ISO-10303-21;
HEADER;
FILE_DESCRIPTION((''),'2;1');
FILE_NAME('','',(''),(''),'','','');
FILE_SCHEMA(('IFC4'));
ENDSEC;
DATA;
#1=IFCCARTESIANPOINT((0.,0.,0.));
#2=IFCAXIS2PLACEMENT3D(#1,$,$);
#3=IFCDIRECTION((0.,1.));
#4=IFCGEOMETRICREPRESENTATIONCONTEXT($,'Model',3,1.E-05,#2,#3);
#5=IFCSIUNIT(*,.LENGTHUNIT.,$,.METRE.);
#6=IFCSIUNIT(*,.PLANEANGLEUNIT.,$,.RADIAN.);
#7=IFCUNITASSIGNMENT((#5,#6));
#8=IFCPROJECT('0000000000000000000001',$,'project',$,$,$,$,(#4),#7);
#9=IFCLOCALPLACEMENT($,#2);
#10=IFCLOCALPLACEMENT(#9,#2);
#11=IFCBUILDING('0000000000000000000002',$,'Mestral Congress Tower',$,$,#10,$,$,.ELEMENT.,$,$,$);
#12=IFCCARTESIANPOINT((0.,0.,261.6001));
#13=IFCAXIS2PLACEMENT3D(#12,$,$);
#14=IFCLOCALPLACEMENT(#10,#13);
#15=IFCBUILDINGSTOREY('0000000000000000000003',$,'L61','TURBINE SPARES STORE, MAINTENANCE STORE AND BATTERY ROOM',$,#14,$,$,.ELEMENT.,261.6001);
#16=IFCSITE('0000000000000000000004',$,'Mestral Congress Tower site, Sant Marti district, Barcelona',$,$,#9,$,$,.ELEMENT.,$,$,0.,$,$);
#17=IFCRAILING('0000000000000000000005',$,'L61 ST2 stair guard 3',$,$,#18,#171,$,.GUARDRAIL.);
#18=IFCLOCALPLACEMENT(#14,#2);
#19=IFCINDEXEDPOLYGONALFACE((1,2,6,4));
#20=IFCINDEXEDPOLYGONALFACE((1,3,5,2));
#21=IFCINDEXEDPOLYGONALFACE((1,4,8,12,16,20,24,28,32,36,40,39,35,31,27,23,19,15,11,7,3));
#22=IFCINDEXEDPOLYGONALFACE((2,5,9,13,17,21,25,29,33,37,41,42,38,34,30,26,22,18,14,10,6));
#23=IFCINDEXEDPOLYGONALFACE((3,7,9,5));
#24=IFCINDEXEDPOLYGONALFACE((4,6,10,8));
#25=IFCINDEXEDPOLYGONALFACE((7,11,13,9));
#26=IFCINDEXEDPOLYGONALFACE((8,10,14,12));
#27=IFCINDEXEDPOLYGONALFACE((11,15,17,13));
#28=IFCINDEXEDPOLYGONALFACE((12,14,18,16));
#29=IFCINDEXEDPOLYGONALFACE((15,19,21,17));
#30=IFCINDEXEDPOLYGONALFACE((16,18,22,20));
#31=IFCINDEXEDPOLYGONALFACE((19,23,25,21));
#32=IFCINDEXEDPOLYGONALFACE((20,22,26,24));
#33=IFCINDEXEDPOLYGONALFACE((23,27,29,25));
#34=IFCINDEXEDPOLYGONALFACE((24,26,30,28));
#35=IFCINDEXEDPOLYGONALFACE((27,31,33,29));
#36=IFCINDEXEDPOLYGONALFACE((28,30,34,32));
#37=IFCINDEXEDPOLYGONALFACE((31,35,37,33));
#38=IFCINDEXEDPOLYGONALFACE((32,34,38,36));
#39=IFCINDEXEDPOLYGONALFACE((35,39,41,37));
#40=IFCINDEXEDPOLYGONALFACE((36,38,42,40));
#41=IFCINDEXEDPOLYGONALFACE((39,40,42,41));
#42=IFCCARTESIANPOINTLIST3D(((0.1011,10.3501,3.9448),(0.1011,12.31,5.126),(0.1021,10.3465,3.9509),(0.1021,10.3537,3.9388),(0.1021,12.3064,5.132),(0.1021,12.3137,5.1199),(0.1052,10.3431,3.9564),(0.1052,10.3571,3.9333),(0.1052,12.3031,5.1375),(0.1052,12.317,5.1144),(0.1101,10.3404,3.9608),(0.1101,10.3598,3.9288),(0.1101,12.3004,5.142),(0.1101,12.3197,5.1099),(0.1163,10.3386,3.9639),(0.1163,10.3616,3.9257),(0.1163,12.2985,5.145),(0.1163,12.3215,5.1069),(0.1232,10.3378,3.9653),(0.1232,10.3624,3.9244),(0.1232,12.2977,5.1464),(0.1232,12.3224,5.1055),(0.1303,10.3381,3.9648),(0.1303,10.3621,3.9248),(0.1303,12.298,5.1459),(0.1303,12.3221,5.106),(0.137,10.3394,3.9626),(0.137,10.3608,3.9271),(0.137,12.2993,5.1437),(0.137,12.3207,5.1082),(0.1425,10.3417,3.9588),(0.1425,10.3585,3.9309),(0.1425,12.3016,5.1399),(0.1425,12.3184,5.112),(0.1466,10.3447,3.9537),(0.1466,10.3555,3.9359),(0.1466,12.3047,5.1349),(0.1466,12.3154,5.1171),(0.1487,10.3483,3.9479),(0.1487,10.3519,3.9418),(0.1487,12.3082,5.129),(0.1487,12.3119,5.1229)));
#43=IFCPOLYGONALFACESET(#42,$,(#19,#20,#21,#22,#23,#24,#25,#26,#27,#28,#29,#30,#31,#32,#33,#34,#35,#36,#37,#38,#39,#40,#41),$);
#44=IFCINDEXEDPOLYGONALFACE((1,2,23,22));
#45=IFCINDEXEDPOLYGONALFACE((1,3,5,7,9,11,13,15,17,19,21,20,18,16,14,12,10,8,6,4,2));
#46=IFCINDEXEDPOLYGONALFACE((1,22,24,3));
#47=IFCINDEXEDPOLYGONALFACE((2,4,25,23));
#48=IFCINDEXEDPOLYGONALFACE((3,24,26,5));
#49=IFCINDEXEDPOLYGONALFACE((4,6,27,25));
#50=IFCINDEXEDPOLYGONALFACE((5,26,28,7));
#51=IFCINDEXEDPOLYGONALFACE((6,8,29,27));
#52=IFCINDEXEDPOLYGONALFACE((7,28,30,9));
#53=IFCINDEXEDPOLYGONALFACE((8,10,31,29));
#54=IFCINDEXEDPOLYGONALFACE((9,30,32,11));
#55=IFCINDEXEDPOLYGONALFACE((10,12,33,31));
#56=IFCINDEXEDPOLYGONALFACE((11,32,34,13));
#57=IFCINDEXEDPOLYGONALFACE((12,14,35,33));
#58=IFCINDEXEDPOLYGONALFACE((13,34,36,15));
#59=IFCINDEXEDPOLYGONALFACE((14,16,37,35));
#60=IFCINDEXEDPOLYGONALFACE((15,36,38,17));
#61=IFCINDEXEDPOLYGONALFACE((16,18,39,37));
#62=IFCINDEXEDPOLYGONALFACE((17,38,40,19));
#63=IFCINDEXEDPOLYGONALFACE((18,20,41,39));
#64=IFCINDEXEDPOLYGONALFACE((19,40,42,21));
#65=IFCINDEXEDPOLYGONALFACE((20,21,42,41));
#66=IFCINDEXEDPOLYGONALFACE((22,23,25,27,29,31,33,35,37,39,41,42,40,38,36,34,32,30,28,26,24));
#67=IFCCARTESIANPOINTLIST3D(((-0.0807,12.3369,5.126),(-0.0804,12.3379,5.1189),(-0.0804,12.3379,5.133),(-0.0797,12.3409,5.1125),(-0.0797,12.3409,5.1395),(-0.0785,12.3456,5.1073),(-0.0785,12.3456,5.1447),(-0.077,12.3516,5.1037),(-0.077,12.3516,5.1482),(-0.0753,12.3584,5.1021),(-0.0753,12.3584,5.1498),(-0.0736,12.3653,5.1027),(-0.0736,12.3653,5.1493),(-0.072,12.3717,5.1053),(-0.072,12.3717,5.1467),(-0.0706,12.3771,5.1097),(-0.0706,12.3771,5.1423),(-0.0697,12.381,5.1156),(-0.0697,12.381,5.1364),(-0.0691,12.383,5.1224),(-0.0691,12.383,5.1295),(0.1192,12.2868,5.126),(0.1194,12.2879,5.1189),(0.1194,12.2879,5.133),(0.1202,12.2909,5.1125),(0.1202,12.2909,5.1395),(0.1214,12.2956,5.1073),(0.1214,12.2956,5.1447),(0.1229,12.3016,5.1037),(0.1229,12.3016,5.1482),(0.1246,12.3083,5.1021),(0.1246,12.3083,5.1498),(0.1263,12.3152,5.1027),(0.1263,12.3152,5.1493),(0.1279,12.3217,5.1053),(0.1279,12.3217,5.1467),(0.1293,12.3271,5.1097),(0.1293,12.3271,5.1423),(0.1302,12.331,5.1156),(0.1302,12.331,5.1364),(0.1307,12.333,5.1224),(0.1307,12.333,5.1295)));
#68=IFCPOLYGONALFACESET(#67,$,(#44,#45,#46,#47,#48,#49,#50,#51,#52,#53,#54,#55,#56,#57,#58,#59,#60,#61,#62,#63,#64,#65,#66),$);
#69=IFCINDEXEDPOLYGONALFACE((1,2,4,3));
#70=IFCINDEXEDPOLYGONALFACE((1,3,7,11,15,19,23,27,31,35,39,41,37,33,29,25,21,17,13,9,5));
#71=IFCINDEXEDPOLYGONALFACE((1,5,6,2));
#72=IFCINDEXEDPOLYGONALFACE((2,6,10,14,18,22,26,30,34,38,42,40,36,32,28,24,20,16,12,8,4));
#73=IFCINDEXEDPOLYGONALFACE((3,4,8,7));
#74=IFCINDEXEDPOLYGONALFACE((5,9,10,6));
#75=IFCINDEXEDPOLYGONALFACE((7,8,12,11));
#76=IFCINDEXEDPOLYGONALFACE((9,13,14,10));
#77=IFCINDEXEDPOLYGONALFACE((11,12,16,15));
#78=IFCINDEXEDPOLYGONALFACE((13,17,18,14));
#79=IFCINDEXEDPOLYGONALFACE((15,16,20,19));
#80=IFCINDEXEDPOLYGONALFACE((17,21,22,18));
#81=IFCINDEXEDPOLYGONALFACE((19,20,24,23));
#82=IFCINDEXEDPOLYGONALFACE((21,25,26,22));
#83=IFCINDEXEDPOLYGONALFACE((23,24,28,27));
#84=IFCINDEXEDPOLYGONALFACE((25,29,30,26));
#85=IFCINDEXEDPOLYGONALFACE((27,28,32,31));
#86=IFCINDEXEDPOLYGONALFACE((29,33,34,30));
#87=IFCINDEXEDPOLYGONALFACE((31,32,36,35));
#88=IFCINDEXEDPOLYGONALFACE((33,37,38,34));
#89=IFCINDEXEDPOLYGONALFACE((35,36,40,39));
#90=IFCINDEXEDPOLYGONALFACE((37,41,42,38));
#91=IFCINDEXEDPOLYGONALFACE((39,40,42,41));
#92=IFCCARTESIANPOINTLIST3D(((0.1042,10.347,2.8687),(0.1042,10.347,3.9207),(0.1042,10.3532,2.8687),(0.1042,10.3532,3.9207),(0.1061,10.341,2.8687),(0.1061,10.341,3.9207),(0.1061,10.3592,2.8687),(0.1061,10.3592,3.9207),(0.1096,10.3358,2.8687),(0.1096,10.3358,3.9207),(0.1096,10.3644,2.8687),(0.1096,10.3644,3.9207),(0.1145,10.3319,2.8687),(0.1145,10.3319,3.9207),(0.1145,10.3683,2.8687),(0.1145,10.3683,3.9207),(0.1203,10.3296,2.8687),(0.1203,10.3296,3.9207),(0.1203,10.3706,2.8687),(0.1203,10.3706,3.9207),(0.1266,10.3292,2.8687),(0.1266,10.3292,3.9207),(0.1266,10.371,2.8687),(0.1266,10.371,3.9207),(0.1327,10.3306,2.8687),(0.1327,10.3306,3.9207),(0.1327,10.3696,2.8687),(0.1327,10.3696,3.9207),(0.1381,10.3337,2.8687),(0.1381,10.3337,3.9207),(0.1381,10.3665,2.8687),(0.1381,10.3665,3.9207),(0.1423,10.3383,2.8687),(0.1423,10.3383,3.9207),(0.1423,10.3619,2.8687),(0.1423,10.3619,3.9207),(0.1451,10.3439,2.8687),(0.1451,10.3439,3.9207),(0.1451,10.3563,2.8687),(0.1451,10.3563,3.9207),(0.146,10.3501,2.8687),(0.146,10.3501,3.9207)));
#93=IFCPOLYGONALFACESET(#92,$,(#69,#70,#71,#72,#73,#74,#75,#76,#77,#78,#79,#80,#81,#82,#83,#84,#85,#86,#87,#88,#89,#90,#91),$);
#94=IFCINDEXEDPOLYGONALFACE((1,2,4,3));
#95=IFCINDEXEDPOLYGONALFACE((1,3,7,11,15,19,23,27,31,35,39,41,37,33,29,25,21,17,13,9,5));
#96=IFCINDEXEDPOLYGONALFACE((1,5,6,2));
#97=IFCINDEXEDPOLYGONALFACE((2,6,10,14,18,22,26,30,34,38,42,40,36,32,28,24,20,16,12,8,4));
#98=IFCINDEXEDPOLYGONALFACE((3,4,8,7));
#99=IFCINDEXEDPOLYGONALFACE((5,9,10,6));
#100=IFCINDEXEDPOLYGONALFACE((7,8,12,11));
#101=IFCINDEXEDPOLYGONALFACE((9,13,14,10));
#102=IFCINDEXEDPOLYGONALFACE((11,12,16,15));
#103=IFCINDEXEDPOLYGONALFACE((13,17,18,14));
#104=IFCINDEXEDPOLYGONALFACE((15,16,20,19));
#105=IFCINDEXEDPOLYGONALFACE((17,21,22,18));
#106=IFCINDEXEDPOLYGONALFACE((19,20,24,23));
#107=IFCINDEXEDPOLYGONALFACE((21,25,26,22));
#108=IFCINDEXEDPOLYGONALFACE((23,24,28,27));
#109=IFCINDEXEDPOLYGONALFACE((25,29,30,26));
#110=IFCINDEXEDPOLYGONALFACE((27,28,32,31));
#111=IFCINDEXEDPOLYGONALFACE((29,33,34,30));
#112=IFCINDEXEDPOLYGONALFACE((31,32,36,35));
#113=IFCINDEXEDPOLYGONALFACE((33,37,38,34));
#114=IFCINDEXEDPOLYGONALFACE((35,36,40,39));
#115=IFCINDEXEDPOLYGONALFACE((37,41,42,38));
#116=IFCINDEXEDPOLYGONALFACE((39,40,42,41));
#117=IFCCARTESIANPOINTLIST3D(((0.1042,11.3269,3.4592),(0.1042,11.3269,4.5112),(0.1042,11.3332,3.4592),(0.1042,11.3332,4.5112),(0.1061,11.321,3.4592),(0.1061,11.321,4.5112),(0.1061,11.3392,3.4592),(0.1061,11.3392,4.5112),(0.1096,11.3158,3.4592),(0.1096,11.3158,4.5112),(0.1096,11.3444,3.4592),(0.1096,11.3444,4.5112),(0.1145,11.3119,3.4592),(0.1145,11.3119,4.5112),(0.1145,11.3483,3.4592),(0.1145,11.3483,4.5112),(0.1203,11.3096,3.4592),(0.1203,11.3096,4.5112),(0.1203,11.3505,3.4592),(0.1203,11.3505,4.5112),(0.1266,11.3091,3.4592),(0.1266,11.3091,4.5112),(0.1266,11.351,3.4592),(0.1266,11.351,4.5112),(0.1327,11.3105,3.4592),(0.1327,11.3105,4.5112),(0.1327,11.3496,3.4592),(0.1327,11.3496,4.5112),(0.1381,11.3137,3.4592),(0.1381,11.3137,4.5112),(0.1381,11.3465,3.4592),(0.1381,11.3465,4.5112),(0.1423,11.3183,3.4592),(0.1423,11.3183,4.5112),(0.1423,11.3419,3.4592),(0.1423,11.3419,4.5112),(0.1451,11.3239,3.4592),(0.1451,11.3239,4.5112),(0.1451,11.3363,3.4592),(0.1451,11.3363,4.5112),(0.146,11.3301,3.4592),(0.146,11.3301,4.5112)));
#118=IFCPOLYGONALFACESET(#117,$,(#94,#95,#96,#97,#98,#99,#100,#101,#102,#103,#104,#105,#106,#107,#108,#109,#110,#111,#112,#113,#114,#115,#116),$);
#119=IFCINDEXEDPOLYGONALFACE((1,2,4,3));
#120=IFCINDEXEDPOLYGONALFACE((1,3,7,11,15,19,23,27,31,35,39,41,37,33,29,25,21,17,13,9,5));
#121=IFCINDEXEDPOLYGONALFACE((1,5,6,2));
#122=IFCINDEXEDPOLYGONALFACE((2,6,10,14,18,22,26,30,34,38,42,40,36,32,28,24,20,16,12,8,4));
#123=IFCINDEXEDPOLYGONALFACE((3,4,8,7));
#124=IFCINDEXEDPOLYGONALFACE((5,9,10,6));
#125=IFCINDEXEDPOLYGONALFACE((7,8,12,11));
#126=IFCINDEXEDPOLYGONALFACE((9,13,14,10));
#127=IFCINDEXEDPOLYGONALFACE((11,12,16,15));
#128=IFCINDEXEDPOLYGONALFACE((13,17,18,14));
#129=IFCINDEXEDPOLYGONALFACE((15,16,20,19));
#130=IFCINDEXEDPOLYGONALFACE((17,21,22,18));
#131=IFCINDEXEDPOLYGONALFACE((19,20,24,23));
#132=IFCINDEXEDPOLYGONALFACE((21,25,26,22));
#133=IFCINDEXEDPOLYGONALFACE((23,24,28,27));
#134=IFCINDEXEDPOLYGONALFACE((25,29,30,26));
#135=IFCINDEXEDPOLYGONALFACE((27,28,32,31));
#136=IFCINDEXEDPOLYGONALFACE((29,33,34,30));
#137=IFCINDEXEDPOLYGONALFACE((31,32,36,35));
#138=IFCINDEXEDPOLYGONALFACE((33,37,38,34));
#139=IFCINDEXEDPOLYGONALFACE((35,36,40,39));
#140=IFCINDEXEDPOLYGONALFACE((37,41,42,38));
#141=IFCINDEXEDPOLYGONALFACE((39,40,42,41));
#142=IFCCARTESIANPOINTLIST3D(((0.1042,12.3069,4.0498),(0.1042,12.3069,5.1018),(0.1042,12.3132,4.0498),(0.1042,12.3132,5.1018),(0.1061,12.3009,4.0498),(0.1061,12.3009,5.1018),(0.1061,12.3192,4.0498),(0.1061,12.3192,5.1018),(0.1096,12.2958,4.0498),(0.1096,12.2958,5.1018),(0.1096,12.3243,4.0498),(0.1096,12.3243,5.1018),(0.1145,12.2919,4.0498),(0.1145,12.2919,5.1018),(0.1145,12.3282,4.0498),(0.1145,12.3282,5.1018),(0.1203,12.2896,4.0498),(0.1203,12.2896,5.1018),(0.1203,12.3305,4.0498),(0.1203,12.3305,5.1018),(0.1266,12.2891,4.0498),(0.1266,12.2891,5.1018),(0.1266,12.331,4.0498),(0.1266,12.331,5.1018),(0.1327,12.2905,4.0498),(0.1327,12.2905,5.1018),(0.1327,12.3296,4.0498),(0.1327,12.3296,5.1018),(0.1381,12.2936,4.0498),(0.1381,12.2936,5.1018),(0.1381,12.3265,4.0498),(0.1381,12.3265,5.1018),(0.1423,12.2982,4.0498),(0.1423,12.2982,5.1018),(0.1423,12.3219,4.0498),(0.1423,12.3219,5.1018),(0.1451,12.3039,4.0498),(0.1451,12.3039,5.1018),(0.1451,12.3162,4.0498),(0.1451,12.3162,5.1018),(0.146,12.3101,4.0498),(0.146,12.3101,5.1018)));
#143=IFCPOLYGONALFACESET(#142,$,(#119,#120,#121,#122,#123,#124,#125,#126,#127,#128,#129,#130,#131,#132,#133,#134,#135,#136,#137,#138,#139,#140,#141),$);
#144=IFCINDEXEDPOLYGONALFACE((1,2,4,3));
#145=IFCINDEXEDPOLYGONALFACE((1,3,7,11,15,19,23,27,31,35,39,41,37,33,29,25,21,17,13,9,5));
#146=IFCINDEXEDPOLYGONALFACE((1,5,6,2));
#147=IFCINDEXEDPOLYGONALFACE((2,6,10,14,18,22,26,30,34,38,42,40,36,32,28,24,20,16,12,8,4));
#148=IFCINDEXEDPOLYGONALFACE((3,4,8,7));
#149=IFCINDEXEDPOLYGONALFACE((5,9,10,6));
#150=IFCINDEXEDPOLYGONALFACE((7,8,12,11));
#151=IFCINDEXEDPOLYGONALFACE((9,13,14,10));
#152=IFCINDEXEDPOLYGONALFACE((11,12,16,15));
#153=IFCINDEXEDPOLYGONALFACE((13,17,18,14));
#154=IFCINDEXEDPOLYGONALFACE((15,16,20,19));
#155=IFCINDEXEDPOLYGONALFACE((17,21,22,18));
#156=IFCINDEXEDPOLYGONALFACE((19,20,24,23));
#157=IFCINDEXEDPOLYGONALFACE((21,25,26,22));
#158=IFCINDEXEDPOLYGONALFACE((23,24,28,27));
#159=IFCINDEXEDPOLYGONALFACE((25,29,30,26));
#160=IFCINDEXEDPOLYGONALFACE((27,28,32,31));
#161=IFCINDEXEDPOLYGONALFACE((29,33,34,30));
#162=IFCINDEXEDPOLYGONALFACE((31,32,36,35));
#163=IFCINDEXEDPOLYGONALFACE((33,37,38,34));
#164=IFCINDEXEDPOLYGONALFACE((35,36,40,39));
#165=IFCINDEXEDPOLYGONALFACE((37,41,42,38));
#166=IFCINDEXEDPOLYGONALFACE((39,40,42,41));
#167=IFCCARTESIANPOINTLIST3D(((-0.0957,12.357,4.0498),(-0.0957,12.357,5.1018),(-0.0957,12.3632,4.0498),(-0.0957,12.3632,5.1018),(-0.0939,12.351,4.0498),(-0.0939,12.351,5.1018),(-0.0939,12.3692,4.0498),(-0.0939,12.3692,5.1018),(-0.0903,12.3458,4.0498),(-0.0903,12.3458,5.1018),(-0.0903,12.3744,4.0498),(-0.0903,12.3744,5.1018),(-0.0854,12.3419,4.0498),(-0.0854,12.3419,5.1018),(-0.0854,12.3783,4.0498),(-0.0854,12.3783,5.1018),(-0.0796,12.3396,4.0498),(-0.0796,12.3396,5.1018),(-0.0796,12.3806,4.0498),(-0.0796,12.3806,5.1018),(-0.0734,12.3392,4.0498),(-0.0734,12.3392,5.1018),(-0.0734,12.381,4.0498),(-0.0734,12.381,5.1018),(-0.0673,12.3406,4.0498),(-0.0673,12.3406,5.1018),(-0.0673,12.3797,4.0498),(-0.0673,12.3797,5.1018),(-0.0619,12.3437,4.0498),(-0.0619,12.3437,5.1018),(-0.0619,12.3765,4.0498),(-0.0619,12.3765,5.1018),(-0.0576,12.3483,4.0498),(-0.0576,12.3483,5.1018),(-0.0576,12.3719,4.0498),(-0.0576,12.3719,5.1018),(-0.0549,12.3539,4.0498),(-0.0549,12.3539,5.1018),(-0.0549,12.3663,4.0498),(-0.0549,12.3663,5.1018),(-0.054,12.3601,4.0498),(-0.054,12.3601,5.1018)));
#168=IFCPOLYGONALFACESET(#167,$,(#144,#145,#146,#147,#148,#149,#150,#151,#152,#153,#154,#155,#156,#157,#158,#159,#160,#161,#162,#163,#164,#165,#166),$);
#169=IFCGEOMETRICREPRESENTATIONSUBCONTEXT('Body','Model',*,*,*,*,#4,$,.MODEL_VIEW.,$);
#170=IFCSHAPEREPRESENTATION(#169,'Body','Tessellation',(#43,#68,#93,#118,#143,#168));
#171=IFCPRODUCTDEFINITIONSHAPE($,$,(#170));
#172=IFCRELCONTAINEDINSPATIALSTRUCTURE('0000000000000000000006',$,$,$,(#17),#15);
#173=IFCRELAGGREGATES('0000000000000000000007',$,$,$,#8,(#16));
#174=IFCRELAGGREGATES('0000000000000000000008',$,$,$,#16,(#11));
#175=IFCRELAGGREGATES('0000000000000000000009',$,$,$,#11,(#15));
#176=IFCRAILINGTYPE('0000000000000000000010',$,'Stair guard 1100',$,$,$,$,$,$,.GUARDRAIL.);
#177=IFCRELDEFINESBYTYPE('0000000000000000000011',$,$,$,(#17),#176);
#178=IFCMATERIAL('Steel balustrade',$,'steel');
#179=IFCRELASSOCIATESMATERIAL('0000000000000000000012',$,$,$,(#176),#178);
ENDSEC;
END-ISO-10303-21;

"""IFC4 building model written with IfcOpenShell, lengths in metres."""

from ifc_helpers import new_model, si_unit, direction, frame, origin, origin_2d, place, context, subcontext, project, spatial, circle, extrude, material, type_object, element, save


model = new_model("IFC4")

# Units and contexts
model_context = context("Model", 3, precision=1e-05, world=origin(), true_north=direction((0.0, 1.0)))
body_context = subcontext(model_context, "Body", "Model", "MODEL_VIEW")
ifc_project = project(units=[si_unit("LENGTHUNIT", "METRE"), si_unit("PLANEANGLEUNIT", "RADIAN")], contexts=[model_context])

# Site, building, storey
site_placement = place(None, origin())
site = spatial("IfcSite", under=ifc_project, at=site_placement, Name="Mestral Congress Tower site, Sant Marti district, Barcelona", CompositionType="ELEMENT", RefElevation=0.0)
building_placement = place(site_placement, origin())
building = spatial("IfcBuilding", under=site, at=building_placement, Name="Mestral Congress Tower", CompositionType="ELEMENT")
storey_placement = place(building_placement, frame((0.0, 0.0, 261.6001)))
storey = spatial("IfcBuildingStorey", under=building, at=storey_placement, Name="L61", Description="TURBINE SPARES STORE, MAINTENANCE STORE AND BATTERY ROOM", CompositionType="ELEMENT", Elevation=261.6001)

# Railing
ifc_material_1 = material(Name="Steel balustrade", Category="steel")
railing_type_1 = type_object("IfcRailingType", Name="Stair guard 1100", PredefinedType="GUARDRAIL", material=ifc_material_1)
for number, where, name in (
    (1, (0.125, 10.3501, 2.8687), "L61 ST2 stair guard 3"),
):
    element("IfcRailing", number, at=place(storey_placement, frame(where)), inside=storey, type_object=railing_type_1, Name=name, PredefinedType="GUARDRAIL", context=body_context, shape_type="SweptSolid", body=[
        extrude(circle(Radius=0.0239, at=origin_2d()), frame((0.0, 0.0, 1.0762), z_axis=(0.0, 0.856493, 0.516158), x_axis=(-1.0, 0.0, 0.0)), (0.0, 0.0, 1.0), 2.2883),
        extrude(circle(Radius=0.0239, at=origin_2d()), frame((0.0, 1.96, 2.2573), z_axis=(-0.970073, 0.242814, 0.0), x_axis=(-0.242814, -0.970073, 0.0)), (0.0, 0.0, 1.0), 0.2061),
        extrude(circle(Radius=0.021, at=origin_2d()), origin(), (0.0, 0.0, 1.0), 1.052),
        extrude(circle(Radius=0.021, at=origin_2d()), frame((0.0, 0.98, 0.5906)), (0.0, 0.0, 1.0), 1.052),
        extrude(circle(Radius=0.021, at=origin_2d()), frame((0.0, 1.96, 1.1812)), (0.0, 0.0, 1.0), 1.052),
        extrude(circle(Radius=0.021, at=origin_2d()), frame((-0.2, 2.01, 1.1812)), (0.0, 0.0, 1.0), 1.052),
    ])

save(model, "model.ifc")
